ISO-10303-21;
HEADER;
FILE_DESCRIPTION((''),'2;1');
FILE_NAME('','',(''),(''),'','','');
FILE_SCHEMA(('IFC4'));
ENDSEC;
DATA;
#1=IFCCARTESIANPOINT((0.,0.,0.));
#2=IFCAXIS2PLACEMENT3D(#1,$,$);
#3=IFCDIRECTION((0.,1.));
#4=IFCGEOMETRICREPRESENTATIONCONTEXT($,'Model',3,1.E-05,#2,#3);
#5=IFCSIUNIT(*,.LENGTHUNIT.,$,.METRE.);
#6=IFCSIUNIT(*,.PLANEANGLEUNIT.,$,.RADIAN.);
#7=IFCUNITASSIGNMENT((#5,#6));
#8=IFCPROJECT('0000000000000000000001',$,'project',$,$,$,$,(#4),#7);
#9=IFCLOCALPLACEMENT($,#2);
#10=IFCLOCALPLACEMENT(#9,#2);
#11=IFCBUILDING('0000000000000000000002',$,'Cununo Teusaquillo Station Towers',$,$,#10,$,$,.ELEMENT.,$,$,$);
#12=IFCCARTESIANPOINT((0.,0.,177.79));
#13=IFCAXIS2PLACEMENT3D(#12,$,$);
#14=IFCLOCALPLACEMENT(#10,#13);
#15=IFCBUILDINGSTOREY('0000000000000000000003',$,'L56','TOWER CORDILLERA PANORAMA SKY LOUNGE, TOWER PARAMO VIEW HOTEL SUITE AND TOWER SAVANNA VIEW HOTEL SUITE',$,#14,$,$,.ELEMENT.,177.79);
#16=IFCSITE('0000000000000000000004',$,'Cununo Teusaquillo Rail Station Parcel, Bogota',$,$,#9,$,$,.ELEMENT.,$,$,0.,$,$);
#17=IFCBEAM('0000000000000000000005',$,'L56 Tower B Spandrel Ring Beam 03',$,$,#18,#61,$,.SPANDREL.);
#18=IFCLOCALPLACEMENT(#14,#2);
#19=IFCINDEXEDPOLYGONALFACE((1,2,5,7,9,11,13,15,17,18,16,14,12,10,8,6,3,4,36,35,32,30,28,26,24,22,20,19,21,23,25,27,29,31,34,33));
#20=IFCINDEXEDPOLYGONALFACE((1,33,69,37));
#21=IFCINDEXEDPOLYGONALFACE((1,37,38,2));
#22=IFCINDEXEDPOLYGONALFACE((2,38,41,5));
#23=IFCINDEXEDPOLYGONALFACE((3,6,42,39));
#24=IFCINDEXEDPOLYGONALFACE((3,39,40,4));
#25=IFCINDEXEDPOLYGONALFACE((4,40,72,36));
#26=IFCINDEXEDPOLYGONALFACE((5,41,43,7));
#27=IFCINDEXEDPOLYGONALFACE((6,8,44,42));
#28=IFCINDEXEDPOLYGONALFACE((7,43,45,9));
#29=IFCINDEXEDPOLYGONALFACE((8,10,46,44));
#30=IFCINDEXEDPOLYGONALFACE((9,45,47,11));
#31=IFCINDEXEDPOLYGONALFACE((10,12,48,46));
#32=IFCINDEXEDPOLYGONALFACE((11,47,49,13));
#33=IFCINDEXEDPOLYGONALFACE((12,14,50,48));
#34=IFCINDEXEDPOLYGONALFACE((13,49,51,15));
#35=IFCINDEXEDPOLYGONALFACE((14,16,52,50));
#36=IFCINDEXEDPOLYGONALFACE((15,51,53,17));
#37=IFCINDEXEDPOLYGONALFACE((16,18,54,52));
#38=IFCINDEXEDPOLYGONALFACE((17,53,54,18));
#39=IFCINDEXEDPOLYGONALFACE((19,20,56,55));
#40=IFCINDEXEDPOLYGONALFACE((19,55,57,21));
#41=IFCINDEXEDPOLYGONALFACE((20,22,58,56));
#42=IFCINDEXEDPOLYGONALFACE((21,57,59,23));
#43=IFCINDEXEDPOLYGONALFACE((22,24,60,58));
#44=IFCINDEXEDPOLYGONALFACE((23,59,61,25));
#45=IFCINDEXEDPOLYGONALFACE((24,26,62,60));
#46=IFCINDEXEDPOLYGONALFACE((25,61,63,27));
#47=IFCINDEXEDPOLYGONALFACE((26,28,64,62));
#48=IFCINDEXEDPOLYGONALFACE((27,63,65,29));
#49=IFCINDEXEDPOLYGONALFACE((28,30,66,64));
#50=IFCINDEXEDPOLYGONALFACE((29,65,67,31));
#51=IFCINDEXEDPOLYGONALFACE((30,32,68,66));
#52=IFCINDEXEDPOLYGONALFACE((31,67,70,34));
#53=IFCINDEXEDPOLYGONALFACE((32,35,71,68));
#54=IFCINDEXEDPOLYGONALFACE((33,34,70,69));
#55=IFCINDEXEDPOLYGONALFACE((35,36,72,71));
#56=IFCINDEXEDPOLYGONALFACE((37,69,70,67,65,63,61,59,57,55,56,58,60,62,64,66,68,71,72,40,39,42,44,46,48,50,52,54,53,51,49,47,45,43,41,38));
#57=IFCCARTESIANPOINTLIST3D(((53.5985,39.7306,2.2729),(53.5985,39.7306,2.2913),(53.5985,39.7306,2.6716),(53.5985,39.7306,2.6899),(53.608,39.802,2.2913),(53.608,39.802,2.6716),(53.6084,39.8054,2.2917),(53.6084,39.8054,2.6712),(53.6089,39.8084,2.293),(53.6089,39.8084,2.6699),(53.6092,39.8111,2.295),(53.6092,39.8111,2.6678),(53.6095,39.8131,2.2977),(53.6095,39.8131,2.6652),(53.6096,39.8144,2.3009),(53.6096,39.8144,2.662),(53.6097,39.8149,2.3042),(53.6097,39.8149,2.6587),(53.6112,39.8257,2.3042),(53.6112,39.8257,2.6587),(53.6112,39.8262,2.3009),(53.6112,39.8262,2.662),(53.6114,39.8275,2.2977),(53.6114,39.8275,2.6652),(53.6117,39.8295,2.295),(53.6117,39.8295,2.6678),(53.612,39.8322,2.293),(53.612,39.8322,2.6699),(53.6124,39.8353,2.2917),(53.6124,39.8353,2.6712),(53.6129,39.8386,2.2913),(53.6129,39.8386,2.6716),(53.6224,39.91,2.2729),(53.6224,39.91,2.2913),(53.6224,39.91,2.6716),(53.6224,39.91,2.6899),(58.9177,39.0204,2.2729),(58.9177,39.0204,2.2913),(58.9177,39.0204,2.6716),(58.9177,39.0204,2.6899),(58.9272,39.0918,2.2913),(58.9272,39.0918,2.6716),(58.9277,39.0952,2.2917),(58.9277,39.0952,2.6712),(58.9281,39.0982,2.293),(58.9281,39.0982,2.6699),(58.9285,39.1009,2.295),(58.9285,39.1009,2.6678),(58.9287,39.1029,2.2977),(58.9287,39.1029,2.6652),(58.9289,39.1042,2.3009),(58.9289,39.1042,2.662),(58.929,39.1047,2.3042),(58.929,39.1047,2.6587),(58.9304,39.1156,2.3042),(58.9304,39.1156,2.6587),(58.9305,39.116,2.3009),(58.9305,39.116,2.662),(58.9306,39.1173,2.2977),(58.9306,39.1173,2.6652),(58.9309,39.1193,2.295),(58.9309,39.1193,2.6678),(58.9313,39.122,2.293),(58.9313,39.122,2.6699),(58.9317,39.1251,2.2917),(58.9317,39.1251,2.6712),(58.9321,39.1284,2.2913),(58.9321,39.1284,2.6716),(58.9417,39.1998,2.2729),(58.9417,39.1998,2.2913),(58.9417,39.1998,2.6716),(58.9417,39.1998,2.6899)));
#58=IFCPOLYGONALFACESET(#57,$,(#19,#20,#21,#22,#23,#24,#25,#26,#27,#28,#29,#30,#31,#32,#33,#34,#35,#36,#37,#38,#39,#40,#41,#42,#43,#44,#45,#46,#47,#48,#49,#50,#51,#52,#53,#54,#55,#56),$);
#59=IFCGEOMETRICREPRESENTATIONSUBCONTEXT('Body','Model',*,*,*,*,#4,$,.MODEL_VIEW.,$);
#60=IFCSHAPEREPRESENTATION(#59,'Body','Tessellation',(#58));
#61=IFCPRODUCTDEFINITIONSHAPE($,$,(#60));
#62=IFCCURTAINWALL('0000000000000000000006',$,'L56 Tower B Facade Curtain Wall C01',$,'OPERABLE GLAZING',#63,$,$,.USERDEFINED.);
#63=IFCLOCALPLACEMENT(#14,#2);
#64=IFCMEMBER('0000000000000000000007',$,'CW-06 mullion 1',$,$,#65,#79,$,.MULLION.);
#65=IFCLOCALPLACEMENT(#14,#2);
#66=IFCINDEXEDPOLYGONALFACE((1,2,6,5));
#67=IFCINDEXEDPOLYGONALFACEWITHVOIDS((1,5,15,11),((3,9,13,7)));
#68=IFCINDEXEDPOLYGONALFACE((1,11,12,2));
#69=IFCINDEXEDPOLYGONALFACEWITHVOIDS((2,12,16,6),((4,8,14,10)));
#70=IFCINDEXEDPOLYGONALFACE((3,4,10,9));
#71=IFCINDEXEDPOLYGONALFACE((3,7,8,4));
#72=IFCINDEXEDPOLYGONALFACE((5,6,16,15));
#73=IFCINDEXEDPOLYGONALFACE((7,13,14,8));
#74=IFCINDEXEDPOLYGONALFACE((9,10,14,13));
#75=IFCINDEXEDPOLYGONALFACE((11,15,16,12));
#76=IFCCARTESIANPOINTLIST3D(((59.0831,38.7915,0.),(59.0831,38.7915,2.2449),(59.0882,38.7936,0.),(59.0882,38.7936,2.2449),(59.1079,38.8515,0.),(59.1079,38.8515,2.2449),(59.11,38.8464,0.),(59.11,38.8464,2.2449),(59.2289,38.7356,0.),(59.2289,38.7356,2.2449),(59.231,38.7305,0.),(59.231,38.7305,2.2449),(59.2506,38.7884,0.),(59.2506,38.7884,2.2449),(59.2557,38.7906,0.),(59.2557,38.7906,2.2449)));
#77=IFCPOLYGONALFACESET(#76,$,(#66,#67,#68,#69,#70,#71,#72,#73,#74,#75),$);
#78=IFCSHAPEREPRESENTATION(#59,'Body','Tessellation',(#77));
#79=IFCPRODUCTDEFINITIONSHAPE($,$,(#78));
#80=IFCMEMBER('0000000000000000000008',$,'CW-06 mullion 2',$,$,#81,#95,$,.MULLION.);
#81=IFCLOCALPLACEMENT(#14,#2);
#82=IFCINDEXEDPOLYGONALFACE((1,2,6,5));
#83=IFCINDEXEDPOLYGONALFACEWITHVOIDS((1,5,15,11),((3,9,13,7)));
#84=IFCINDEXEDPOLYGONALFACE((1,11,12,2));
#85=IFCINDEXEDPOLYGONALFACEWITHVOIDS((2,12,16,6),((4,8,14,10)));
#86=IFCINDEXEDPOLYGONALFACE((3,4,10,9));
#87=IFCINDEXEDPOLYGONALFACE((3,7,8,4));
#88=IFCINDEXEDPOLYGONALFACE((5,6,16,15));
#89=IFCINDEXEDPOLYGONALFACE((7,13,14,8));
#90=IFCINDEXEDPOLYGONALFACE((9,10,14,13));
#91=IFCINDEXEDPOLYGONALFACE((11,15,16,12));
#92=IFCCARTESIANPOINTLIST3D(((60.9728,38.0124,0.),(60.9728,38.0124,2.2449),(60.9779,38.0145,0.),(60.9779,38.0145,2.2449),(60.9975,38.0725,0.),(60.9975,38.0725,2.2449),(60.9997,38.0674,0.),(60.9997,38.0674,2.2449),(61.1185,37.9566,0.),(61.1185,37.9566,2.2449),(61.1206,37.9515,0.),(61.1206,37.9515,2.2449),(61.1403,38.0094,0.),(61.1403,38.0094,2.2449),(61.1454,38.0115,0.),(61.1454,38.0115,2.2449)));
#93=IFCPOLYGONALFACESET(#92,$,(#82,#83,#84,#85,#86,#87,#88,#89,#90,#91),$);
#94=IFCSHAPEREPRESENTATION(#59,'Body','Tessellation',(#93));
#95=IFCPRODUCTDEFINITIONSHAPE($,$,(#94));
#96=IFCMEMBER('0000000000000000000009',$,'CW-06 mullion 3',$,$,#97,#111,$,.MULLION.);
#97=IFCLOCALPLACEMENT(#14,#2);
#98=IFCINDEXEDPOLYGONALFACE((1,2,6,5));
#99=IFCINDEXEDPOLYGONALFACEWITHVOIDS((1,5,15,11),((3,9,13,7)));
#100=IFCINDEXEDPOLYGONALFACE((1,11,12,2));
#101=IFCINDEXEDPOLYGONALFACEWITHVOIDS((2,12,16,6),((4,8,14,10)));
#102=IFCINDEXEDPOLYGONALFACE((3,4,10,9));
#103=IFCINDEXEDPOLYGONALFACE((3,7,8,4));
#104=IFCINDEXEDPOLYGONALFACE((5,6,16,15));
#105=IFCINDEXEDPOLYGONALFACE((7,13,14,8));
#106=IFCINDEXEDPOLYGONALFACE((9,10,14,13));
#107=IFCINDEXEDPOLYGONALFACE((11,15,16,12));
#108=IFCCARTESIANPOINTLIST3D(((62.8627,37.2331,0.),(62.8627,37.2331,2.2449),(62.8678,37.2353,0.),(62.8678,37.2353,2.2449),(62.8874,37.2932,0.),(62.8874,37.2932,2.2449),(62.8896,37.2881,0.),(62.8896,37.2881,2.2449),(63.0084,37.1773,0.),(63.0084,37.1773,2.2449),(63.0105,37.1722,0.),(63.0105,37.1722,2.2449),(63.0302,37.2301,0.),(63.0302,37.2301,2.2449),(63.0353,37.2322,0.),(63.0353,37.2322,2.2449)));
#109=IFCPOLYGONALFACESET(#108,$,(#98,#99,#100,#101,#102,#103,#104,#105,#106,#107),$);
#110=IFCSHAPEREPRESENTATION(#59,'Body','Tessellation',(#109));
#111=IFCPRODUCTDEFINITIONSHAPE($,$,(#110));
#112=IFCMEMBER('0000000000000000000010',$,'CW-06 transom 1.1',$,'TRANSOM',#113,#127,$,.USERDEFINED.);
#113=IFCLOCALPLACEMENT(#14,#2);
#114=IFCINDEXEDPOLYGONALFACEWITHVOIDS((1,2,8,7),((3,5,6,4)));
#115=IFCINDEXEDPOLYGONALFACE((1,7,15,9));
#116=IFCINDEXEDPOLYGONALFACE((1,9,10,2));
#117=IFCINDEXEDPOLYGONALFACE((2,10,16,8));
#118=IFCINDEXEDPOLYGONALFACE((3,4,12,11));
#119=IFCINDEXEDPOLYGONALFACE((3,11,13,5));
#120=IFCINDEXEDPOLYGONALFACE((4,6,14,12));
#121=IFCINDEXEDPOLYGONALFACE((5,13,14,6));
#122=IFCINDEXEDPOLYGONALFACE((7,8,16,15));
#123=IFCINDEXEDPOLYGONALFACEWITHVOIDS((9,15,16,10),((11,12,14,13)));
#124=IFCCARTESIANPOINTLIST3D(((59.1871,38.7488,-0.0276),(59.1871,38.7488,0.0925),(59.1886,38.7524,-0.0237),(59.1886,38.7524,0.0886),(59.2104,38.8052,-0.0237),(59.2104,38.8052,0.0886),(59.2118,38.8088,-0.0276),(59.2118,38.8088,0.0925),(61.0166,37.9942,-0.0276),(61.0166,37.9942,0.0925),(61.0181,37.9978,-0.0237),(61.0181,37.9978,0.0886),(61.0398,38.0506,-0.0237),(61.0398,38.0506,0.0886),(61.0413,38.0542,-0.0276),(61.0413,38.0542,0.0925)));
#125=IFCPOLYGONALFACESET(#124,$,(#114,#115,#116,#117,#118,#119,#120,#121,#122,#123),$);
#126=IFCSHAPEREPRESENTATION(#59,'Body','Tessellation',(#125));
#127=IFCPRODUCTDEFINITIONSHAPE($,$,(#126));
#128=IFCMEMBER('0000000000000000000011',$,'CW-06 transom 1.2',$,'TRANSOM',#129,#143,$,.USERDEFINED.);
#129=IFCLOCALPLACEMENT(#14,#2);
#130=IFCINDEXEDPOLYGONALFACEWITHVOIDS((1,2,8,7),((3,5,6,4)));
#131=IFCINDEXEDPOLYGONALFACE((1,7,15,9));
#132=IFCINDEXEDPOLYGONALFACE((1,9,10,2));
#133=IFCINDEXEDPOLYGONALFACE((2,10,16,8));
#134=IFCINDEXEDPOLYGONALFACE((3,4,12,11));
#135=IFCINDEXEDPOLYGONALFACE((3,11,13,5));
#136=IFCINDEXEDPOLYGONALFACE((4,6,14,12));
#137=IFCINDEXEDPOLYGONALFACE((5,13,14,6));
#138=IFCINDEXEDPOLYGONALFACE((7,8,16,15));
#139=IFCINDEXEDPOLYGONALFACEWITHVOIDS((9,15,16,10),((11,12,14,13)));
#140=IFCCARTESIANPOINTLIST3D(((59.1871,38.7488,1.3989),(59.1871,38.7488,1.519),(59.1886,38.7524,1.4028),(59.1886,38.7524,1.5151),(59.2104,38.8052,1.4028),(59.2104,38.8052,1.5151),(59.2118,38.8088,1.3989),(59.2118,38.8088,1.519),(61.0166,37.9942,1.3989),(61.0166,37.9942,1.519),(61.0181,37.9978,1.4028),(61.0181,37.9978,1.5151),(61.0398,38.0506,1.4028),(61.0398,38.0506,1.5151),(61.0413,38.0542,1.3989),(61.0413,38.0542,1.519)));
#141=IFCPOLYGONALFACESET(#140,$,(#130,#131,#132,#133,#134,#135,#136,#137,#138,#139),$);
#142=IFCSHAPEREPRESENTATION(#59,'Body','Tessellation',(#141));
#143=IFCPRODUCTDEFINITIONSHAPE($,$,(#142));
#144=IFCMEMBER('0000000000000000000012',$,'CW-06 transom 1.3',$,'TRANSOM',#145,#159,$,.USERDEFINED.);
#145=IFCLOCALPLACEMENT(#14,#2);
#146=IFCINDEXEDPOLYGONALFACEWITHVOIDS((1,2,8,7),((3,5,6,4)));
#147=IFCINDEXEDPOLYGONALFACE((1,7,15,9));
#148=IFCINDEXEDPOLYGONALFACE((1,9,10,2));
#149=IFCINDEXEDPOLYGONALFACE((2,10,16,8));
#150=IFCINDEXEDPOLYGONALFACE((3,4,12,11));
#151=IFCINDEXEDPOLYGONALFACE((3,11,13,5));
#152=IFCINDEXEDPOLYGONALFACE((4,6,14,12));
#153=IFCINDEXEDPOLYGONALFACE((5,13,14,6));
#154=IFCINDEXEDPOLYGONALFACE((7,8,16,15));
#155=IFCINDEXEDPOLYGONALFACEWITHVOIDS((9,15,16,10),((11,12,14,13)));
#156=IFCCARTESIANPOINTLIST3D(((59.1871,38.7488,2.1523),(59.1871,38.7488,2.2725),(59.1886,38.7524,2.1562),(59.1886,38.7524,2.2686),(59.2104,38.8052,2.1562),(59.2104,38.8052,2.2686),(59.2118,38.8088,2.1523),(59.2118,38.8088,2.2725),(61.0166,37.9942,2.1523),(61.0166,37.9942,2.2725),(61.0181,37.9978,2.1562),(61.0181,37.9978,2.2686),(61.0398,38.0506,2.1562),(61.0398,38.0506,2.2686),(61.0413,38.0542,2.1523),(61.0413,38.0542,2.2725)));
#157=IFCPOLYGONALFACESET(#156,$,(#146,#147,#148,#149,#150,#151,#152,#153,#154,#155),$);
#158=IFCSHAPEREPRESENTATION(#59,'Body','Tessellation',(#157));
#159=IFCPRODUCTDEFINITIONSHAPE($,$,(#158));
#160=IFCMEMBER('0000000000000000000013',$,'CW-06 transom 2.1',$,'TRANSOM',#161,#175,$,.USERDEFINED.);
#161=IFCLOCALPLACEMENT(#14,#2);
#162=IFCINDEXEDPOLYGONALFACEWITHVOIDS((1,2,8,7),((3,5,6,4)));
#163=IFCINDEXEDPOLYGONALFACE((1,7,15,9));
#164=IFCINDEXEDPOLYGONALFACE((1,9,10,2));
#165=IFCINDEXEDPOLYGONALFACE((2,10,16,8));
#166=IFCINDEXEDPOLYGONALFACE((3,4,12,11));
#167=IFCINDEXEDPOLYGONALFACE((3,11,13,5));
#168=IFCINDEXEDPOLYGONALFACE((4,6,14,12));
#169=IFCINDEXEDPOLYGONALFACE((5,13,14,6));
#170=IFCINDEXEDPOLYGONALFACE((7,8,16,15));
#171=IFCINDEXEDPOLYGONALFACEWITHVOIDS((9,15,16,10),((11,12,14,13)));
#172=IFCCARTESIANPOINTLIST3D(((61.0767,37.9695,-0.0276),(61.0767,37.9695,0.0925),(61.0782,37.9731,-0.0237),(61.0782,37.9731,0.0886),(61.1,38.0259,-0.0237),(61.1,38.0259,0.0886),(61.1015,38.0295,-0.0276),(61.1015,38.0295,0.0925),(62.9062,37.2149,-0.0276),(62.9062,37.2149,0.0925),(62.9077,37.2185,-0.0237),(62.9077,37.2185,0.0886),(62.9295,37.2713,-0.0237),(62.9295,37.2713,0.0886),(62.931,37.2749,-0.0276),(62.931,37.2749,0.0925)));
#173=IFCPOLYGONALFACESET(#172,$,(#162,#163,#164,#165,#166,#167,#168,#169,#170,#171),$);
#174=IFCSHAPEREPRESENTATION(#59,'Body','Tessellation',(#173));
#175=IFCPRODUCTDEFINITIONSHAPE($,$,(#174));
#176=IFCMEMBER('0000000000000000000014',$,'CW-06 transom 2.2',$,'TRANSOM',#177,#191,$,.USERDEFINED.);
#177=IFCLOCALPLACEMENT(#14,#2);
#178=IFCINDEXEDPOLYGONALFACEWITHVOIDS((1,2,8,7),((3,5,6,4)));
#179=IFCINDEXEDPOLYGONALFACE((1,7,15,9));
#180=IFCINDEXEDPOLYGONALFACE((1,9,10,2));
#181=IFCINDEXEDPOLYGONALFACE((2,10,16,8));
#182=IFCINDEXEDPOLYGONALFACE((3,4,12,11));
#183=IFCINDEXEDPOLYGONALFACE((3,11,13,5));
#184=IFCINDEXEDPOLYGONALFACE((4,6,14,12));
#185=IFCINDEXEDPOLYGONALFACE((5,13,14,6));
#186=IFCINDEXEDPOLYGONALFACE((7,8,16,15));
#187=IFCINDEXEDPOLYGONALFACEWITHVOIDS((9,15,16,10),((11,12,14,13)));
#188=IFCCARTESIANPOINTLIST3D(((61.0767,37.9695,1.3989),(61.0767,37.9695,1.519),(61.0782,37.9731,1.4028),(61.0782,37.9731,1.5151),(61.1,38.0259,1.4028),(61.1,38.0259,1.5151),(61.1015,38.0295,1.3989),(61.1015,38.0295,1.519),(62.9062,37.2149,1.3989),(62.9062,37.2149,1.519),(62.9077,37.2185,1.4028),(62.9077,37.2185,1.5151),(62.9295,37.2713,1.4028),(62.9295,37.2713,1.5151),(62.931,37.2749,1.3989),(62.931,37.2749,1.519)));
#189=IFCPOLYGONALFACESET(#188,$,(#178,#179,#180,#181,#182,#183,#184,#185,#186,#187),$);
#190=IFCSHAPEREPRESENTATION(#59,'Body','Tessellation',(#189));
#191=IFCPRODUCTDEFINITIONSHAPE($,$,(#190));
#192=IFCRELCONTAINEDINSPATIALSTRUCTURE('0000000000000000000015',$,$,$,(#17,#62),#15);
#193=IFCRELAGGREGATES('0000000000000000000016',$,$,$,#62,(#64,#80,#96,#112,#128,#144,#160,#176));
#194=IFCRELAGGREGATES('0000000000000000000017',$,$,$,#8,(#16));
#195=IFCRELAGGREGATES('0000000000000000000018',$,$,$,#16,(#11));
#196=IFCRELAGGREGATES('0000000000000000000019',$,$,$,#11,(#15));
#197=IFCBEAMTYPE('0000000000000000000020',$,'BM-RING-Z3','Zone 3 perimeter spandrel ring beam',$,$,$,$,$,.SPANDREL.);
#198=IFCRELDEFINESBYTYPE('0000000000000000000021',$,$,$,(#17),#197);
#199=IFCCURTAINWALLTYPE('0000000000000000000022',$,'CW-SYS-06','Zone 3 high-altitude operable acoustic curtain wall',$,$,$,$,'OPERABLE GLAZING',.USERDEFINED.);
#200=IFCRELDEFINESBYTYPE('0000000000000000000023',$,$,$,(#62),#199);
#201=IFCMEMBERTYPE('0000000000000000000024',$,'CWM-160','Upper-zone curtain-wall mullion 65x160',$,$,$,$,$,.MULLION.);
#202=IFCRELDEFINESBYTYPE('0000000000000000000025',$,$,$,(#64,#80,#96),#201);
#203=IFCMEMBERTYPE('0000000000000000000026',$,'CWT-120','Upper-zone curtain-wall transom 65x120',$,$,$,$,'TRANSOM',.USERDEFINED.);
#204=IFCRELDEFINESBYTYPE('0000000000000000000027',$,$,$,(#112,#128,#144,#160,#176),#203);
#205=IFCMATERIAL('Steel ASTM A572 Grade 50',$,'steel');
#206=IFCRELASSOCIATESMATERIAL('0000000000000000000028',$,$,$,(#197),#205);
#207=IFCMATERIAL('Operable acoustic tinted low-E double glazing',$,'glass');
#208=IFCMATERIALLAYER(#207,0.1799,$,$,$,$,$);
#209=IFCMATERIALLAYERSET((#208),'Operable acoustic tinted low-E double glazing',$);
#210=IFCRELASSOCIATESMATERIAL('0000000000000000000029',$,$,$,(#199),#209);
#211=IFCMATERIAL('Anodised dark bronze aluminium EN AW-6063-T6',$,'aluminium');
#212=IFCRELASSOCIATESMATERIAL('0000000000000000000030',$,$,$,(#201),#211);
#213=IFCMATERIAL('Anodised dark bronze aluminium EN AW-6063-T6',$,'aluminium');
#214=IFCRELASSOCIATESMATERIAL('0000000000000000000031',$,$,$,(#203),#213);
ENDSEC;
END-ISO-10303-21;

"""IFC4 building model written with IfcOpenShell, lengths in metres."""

from ifc_helpers import new_model, si_unit, direction, frame, origin, origin_2d, place, context, subcontext, project, spatial, hollow_rectangle, i_section, extrude, material, layer, layer_set, material_profile, profile_set, type_object, element, aggregate, save


model = new_model("IFC4")

# Units and contexts
model_context = context("Model", 3, precision=1e-05, world=origin(), true_north=direction((0.0, 1.0)))
body_context = subcontext(model_context, "Body", "Model", "MODEL_VIEW")
ifc_project = project(units=[si_unit("LENGTHUNIT", "METRE"), si_unit("PLANEANGLEUNIT", "RADIAN")], contexts=[model_context])

# Site, building, storey
site_placement = place(None, origin())
site = spatial("IfcSite", under=ifc_project, at=site_placement, Name="Cununo Teusaquillo Rail Station Parcel, Bogota", CompositionType="ELEMENT", RefElevation=0.0)
building_placement = place(site_placement, origin())
building = spatial("IfcBuilding", under=site, at=building_placement, Name="Cununo Teusaquillo Station Towers", CompositionType="ELEMENT")
storey_placement = place(building_placement, frame((0.0, 0.0, 177.79)))
storey = spatial("IfcBuildingStorey", under=building, at=storey_placement, Name="L56", Description="TOWER CORDILLERA PANORAMA SKY LOUNGE, TOWER PARAMO VIEW HOTEL SUITE AND TOWER SAVANNA VIEW HOTEL SUITE", CompositionType="ELEMENT", Elevation=177.79)

# Beam
ifc_material_1 = material(Name="Steel ASTM A572 Grade 50", Category="steel")
ifc_material_profile_1 = material_profile(ifc_material_1, i_section(OverallWidth=0.1809, OverallDepth=0.417, WebThickness=0.011, FlangeThickness=0.0183, FilletRadius=0.0129, at=origin_2d()), Name="W16X57")
ifc_profile_set_1 = profile_set([ifc_material_profile_1], Name="Steel ASTM A572 Grade 50")
beam_type_1 = type_object("IfcBeamType", Name="BM-RING-Z3", Description="Zone 3 perimeter spandrel ring beam", PredefinedType="SPANDREL", material=ifc_profile_set_1)
beam_1_placement = place(storey_placement, frame((58.9297, 39.1101, 2.4814), z_axis=(-0.991204, 0.13234, 0.0), x_axis=(-0.13234, -0.991204, 0.0)))
element("IfcBeam", 1, at=beam_1_placement, inside=storey, type_object=beam_type_1, Name="L56 Tower B Spandrel Ring Beam 03", PredefinedType="SPANDREL", context=body_context, shape_type="SweptSolid", body=[
    extrude(i_section(OverallWidth=0.1809, OverallDepth=0.417, WebThickness=0.011, FlangeThickness=0.0183, FilletRadius=0.0129, at=origin_2d()), origin(), (0.0, 0.0, 1.0), 5.3665),
])

# Curtain wall, members
ifc_material_2 = material(Name="Operable acoustic tinted low-E double glazing", Category="glass")
ifc_layer_1 = layer(ifc_material_2, 0.1799)
ifc_layer_set_1 = layer_set([ifc_layer_1], Name="Operable acoustic tinted low-E double glazing")
curtain_wall_type = type_object("IfcCurtainWallType", Name="CW-SYS-06", Description="Zone 3 high-altitude operable acoustic curtain wall", ElementType="OPERABLE GLAZING", PredefinedType="USERDEFINED", material=ifc_layer_set_1)
curtain_wall_placement = place(storey_placement, origin())
curtain_wall = element("IfcCurtainWall", 2, at=curtain_wall_placement, inside=storey, type_object=curtain_wall_type, Name="L56 Tower B Facade Curtain Wall C01", ObjectType="OPERABLE GLAZING", PredefinedType="USERDEFINED")
ifc_material_3 = material(Name="Anodised dark bronze aluminium EN AW-6063-T6", Category="aluminium")
ifc_material_profile_2 = material_profile(ifc_material_3, hollow_rectangle(XDim=0.0649, YDim=0.1599, WallThickness=0.0039, at=origin_2d()), Name="CW-MULL-65x160")
ifc_profile_set_2 = profile_set([ifc_material_profile_2], Name="Anodised dark bronze aluminium EN AW-6063-T6")
member_type_1 = type_object("IfcMemberType", Name="CWM-160", Description="Upper-zone curtain-wall mullion 65x160", PredefinedType="MULLION", material=ifc_profile_set_2)
member_1_placement = place(storey_placement, frame((59.1694, 38.791, 0.0), z_axis=(0.0, 0.0, 1.0), x_axis=(0.381229, 0.924481, 0.0)))
member_1 = element("IfcMember", 3, at=member_1_placement, type_object=member_type_1, Name="CW-06 mullion 1", PredefinedType="MULLION", context=body_context, shape_type="SweptSolid", body=[
    extrude(hollow_rectangle(XDim=0.0649, YDim=0.1599, WallThickness=0.0039, at=origin_2d()), origin(), (0.0, 0.0, 1.0), 2.2449),
])
member_2_placement = place(storey_placement, frame((61.0591, 38.012, 0.0), z_axis=(0.0, 0.0, 1.0), x_axis=(0.381229, 0.924481, 0.0)))
member_2 = element("IfcMember", 4, at=member_2_placement, type_object=member_type_1, Name="CW-06 mullion 2", PredefinedType="MULLION", context=body_context, shape_type="SweptSolid", body=[
    extrude(hollow_rectangle(XDim=0.0649, YDim=0.1599, WallThickness=0.0039, at=origin_2d()), origin(), (0.0, 0.0, 1.0), 2.2449),
])
member_3_placement = place(storey_placement, frame((62.949, 37.2327, 0.0), z_axis=(0.0, 0.0, 1.0), x_axis=(0.381229, 0.924481, 0.0)))
member_3 = element("IfcMember", 5, at=member_3_placement, type_object=member_type_1, Name="CW-06 mullion 3", PredefinedType="MULLION", context=body_context, shape_type="SweptSolid", body=[
    extrude(hollow_rectangle(XDim=0.0649, YDim=0.1599, WallThickness=0.0039, at=origin_2d()), origin(), (0.0, 0.0, 1.0), 2.2449),
])
ifc_material_4 = material(Name="Anodised dark bronze aluminium EN AW-6063-T6", Category="aluminium")
ifc_material_profile_3 = material_profile(ifc_material_4, hollow_rectangle(XDim=0.0649, YDim=0.1201, WallThickness=0.0039, at=origin_2d()), Name="CW-TRAN-65x120")
ifc_profile_set_3 = profile_set([ifc_material_profile_3], Name="Anodised dark bronze aluminium EN AW-6063-T6")
member_type_2 = type_object("IfcMemberType", Name="CWT-120", Description="Upper-zone curtain-wall transom 65x120", ElementType="TRANSOM", PredefinedType="USERDEFINED", material=ifc_profile_set_3)
member_4_placement = place(storey_placement, frame((59.1995, 38.7788, 0.0325), z_axis=(0.924451, -0.381302, 0.0), x_axis=(0.381302, 0.924451, 0.0)))
member_4 = element("IfcMember", 6, at=member_4_placement, type_object=member_type_2, Name="CW-06 transom 1.1", ObjectType="TRANSOM", PredefinedType="USERDEFINED", context=body_context, shape_type="SweptSolid", body=[
    extrude(hollow_rectangle(XDim=0.0649, YDim=0.1201, WallThickness=0.0039, at=origin_2d()), origin(), (0.0, 0.0, 1.0), 1.979),
])
member_5_placement = place(storey_placement, frame((59.1995, 38.7788, 1.459), z_axis=(0.924451, -0.381302, 0.0), x_axis=(0.381302, 0.924451, 0.0)))
member_5 = element("IfcMember", 7, at=member_5_placement, type_object=member_type_2, Name="CW-06 transom 1.2", ObjectType="TRANSOM", PredefinedType="USERDEFINED", context=body_context, shape_type="SweptSolid", body=[
    extrude(hollow_rectangle(XDim=0.0649, YDim=0.1201, WallThickness=0.0039, at=origin_2d()), origin(), (0.0, 0.0, 1.0), 1.979),
])
member_6_placement = place(storey_placement, frame((59.1995, 38.7788, 2.2124), z_axis=(0.924451, -0.381302, 0.0), x_axis=(0.381302, 0.924451, 0.0)))
member_6 = element("IfcMember", 8, at=member_6_placement, type_object=member_type_2, Name="CW-06 transom 1.3", ObjectType="TRANSOM", PredefinedType="USERDEFINED", context=body_context, shape_type="SweptSolid", body=[
    extrude(hollow_rectangle(XDim=0.0649, YDim=0.1201, WallThickness=0.0039, at=origin_2d()), origin(), (0.0, 0.0, 1.0), 1.979),
])
member_7_placement = place(storey_placement, frame((61.0891, 37.9995, 0.0325), z_axis=(0.924451, -0.381302, 0.0), x_axis=(0.381302, 0.924451, 0.0)))
member_7 = element("IfcMember", 9, at=member_7_placement, type_object=member_type_2, Name="CW-06 transom 2.1", ObjectType="TRANSOM", PredefinedType="USERDEFINED", context=body_context, shape_type="SweptSolid", body=[
    extrude(hollow_rectangle(XDim=0.0649, YDim=0.1201, WallThickness=0.0039, at=origin_2d()), origin(), (0.0, 0.0, 1.0), 1.979),
])
member_8_placement = place(storey_placement, frame((61.0891, 37.9995, 1.459), z_axis=(0.924451, -0.381302, 0.0), x_axis=(0.381302, 0.924451, 0.0)))
member_8 = element("IfcMember", 10, at=member_8_placement, type_object=member_type_2, Name="CW-06 transom 2.2", ObjectType="TRANSOM", PredefinedType="USERDEFINED", context=body_context, shape_type="SweptSolid", body=[
    extrude(hollow_rectangle(XDim=0.0649, YDim=0.1201, WallThickness=0.0039, at=origin_2d()), origin(), (0.0, 0.0, 1.0), 1.979),
])
aggregate(curtain_wall, [member_1, member_2, member_3, member_4, member_5, member_6, member_7, member_8])

save(model, "model.ifc")
